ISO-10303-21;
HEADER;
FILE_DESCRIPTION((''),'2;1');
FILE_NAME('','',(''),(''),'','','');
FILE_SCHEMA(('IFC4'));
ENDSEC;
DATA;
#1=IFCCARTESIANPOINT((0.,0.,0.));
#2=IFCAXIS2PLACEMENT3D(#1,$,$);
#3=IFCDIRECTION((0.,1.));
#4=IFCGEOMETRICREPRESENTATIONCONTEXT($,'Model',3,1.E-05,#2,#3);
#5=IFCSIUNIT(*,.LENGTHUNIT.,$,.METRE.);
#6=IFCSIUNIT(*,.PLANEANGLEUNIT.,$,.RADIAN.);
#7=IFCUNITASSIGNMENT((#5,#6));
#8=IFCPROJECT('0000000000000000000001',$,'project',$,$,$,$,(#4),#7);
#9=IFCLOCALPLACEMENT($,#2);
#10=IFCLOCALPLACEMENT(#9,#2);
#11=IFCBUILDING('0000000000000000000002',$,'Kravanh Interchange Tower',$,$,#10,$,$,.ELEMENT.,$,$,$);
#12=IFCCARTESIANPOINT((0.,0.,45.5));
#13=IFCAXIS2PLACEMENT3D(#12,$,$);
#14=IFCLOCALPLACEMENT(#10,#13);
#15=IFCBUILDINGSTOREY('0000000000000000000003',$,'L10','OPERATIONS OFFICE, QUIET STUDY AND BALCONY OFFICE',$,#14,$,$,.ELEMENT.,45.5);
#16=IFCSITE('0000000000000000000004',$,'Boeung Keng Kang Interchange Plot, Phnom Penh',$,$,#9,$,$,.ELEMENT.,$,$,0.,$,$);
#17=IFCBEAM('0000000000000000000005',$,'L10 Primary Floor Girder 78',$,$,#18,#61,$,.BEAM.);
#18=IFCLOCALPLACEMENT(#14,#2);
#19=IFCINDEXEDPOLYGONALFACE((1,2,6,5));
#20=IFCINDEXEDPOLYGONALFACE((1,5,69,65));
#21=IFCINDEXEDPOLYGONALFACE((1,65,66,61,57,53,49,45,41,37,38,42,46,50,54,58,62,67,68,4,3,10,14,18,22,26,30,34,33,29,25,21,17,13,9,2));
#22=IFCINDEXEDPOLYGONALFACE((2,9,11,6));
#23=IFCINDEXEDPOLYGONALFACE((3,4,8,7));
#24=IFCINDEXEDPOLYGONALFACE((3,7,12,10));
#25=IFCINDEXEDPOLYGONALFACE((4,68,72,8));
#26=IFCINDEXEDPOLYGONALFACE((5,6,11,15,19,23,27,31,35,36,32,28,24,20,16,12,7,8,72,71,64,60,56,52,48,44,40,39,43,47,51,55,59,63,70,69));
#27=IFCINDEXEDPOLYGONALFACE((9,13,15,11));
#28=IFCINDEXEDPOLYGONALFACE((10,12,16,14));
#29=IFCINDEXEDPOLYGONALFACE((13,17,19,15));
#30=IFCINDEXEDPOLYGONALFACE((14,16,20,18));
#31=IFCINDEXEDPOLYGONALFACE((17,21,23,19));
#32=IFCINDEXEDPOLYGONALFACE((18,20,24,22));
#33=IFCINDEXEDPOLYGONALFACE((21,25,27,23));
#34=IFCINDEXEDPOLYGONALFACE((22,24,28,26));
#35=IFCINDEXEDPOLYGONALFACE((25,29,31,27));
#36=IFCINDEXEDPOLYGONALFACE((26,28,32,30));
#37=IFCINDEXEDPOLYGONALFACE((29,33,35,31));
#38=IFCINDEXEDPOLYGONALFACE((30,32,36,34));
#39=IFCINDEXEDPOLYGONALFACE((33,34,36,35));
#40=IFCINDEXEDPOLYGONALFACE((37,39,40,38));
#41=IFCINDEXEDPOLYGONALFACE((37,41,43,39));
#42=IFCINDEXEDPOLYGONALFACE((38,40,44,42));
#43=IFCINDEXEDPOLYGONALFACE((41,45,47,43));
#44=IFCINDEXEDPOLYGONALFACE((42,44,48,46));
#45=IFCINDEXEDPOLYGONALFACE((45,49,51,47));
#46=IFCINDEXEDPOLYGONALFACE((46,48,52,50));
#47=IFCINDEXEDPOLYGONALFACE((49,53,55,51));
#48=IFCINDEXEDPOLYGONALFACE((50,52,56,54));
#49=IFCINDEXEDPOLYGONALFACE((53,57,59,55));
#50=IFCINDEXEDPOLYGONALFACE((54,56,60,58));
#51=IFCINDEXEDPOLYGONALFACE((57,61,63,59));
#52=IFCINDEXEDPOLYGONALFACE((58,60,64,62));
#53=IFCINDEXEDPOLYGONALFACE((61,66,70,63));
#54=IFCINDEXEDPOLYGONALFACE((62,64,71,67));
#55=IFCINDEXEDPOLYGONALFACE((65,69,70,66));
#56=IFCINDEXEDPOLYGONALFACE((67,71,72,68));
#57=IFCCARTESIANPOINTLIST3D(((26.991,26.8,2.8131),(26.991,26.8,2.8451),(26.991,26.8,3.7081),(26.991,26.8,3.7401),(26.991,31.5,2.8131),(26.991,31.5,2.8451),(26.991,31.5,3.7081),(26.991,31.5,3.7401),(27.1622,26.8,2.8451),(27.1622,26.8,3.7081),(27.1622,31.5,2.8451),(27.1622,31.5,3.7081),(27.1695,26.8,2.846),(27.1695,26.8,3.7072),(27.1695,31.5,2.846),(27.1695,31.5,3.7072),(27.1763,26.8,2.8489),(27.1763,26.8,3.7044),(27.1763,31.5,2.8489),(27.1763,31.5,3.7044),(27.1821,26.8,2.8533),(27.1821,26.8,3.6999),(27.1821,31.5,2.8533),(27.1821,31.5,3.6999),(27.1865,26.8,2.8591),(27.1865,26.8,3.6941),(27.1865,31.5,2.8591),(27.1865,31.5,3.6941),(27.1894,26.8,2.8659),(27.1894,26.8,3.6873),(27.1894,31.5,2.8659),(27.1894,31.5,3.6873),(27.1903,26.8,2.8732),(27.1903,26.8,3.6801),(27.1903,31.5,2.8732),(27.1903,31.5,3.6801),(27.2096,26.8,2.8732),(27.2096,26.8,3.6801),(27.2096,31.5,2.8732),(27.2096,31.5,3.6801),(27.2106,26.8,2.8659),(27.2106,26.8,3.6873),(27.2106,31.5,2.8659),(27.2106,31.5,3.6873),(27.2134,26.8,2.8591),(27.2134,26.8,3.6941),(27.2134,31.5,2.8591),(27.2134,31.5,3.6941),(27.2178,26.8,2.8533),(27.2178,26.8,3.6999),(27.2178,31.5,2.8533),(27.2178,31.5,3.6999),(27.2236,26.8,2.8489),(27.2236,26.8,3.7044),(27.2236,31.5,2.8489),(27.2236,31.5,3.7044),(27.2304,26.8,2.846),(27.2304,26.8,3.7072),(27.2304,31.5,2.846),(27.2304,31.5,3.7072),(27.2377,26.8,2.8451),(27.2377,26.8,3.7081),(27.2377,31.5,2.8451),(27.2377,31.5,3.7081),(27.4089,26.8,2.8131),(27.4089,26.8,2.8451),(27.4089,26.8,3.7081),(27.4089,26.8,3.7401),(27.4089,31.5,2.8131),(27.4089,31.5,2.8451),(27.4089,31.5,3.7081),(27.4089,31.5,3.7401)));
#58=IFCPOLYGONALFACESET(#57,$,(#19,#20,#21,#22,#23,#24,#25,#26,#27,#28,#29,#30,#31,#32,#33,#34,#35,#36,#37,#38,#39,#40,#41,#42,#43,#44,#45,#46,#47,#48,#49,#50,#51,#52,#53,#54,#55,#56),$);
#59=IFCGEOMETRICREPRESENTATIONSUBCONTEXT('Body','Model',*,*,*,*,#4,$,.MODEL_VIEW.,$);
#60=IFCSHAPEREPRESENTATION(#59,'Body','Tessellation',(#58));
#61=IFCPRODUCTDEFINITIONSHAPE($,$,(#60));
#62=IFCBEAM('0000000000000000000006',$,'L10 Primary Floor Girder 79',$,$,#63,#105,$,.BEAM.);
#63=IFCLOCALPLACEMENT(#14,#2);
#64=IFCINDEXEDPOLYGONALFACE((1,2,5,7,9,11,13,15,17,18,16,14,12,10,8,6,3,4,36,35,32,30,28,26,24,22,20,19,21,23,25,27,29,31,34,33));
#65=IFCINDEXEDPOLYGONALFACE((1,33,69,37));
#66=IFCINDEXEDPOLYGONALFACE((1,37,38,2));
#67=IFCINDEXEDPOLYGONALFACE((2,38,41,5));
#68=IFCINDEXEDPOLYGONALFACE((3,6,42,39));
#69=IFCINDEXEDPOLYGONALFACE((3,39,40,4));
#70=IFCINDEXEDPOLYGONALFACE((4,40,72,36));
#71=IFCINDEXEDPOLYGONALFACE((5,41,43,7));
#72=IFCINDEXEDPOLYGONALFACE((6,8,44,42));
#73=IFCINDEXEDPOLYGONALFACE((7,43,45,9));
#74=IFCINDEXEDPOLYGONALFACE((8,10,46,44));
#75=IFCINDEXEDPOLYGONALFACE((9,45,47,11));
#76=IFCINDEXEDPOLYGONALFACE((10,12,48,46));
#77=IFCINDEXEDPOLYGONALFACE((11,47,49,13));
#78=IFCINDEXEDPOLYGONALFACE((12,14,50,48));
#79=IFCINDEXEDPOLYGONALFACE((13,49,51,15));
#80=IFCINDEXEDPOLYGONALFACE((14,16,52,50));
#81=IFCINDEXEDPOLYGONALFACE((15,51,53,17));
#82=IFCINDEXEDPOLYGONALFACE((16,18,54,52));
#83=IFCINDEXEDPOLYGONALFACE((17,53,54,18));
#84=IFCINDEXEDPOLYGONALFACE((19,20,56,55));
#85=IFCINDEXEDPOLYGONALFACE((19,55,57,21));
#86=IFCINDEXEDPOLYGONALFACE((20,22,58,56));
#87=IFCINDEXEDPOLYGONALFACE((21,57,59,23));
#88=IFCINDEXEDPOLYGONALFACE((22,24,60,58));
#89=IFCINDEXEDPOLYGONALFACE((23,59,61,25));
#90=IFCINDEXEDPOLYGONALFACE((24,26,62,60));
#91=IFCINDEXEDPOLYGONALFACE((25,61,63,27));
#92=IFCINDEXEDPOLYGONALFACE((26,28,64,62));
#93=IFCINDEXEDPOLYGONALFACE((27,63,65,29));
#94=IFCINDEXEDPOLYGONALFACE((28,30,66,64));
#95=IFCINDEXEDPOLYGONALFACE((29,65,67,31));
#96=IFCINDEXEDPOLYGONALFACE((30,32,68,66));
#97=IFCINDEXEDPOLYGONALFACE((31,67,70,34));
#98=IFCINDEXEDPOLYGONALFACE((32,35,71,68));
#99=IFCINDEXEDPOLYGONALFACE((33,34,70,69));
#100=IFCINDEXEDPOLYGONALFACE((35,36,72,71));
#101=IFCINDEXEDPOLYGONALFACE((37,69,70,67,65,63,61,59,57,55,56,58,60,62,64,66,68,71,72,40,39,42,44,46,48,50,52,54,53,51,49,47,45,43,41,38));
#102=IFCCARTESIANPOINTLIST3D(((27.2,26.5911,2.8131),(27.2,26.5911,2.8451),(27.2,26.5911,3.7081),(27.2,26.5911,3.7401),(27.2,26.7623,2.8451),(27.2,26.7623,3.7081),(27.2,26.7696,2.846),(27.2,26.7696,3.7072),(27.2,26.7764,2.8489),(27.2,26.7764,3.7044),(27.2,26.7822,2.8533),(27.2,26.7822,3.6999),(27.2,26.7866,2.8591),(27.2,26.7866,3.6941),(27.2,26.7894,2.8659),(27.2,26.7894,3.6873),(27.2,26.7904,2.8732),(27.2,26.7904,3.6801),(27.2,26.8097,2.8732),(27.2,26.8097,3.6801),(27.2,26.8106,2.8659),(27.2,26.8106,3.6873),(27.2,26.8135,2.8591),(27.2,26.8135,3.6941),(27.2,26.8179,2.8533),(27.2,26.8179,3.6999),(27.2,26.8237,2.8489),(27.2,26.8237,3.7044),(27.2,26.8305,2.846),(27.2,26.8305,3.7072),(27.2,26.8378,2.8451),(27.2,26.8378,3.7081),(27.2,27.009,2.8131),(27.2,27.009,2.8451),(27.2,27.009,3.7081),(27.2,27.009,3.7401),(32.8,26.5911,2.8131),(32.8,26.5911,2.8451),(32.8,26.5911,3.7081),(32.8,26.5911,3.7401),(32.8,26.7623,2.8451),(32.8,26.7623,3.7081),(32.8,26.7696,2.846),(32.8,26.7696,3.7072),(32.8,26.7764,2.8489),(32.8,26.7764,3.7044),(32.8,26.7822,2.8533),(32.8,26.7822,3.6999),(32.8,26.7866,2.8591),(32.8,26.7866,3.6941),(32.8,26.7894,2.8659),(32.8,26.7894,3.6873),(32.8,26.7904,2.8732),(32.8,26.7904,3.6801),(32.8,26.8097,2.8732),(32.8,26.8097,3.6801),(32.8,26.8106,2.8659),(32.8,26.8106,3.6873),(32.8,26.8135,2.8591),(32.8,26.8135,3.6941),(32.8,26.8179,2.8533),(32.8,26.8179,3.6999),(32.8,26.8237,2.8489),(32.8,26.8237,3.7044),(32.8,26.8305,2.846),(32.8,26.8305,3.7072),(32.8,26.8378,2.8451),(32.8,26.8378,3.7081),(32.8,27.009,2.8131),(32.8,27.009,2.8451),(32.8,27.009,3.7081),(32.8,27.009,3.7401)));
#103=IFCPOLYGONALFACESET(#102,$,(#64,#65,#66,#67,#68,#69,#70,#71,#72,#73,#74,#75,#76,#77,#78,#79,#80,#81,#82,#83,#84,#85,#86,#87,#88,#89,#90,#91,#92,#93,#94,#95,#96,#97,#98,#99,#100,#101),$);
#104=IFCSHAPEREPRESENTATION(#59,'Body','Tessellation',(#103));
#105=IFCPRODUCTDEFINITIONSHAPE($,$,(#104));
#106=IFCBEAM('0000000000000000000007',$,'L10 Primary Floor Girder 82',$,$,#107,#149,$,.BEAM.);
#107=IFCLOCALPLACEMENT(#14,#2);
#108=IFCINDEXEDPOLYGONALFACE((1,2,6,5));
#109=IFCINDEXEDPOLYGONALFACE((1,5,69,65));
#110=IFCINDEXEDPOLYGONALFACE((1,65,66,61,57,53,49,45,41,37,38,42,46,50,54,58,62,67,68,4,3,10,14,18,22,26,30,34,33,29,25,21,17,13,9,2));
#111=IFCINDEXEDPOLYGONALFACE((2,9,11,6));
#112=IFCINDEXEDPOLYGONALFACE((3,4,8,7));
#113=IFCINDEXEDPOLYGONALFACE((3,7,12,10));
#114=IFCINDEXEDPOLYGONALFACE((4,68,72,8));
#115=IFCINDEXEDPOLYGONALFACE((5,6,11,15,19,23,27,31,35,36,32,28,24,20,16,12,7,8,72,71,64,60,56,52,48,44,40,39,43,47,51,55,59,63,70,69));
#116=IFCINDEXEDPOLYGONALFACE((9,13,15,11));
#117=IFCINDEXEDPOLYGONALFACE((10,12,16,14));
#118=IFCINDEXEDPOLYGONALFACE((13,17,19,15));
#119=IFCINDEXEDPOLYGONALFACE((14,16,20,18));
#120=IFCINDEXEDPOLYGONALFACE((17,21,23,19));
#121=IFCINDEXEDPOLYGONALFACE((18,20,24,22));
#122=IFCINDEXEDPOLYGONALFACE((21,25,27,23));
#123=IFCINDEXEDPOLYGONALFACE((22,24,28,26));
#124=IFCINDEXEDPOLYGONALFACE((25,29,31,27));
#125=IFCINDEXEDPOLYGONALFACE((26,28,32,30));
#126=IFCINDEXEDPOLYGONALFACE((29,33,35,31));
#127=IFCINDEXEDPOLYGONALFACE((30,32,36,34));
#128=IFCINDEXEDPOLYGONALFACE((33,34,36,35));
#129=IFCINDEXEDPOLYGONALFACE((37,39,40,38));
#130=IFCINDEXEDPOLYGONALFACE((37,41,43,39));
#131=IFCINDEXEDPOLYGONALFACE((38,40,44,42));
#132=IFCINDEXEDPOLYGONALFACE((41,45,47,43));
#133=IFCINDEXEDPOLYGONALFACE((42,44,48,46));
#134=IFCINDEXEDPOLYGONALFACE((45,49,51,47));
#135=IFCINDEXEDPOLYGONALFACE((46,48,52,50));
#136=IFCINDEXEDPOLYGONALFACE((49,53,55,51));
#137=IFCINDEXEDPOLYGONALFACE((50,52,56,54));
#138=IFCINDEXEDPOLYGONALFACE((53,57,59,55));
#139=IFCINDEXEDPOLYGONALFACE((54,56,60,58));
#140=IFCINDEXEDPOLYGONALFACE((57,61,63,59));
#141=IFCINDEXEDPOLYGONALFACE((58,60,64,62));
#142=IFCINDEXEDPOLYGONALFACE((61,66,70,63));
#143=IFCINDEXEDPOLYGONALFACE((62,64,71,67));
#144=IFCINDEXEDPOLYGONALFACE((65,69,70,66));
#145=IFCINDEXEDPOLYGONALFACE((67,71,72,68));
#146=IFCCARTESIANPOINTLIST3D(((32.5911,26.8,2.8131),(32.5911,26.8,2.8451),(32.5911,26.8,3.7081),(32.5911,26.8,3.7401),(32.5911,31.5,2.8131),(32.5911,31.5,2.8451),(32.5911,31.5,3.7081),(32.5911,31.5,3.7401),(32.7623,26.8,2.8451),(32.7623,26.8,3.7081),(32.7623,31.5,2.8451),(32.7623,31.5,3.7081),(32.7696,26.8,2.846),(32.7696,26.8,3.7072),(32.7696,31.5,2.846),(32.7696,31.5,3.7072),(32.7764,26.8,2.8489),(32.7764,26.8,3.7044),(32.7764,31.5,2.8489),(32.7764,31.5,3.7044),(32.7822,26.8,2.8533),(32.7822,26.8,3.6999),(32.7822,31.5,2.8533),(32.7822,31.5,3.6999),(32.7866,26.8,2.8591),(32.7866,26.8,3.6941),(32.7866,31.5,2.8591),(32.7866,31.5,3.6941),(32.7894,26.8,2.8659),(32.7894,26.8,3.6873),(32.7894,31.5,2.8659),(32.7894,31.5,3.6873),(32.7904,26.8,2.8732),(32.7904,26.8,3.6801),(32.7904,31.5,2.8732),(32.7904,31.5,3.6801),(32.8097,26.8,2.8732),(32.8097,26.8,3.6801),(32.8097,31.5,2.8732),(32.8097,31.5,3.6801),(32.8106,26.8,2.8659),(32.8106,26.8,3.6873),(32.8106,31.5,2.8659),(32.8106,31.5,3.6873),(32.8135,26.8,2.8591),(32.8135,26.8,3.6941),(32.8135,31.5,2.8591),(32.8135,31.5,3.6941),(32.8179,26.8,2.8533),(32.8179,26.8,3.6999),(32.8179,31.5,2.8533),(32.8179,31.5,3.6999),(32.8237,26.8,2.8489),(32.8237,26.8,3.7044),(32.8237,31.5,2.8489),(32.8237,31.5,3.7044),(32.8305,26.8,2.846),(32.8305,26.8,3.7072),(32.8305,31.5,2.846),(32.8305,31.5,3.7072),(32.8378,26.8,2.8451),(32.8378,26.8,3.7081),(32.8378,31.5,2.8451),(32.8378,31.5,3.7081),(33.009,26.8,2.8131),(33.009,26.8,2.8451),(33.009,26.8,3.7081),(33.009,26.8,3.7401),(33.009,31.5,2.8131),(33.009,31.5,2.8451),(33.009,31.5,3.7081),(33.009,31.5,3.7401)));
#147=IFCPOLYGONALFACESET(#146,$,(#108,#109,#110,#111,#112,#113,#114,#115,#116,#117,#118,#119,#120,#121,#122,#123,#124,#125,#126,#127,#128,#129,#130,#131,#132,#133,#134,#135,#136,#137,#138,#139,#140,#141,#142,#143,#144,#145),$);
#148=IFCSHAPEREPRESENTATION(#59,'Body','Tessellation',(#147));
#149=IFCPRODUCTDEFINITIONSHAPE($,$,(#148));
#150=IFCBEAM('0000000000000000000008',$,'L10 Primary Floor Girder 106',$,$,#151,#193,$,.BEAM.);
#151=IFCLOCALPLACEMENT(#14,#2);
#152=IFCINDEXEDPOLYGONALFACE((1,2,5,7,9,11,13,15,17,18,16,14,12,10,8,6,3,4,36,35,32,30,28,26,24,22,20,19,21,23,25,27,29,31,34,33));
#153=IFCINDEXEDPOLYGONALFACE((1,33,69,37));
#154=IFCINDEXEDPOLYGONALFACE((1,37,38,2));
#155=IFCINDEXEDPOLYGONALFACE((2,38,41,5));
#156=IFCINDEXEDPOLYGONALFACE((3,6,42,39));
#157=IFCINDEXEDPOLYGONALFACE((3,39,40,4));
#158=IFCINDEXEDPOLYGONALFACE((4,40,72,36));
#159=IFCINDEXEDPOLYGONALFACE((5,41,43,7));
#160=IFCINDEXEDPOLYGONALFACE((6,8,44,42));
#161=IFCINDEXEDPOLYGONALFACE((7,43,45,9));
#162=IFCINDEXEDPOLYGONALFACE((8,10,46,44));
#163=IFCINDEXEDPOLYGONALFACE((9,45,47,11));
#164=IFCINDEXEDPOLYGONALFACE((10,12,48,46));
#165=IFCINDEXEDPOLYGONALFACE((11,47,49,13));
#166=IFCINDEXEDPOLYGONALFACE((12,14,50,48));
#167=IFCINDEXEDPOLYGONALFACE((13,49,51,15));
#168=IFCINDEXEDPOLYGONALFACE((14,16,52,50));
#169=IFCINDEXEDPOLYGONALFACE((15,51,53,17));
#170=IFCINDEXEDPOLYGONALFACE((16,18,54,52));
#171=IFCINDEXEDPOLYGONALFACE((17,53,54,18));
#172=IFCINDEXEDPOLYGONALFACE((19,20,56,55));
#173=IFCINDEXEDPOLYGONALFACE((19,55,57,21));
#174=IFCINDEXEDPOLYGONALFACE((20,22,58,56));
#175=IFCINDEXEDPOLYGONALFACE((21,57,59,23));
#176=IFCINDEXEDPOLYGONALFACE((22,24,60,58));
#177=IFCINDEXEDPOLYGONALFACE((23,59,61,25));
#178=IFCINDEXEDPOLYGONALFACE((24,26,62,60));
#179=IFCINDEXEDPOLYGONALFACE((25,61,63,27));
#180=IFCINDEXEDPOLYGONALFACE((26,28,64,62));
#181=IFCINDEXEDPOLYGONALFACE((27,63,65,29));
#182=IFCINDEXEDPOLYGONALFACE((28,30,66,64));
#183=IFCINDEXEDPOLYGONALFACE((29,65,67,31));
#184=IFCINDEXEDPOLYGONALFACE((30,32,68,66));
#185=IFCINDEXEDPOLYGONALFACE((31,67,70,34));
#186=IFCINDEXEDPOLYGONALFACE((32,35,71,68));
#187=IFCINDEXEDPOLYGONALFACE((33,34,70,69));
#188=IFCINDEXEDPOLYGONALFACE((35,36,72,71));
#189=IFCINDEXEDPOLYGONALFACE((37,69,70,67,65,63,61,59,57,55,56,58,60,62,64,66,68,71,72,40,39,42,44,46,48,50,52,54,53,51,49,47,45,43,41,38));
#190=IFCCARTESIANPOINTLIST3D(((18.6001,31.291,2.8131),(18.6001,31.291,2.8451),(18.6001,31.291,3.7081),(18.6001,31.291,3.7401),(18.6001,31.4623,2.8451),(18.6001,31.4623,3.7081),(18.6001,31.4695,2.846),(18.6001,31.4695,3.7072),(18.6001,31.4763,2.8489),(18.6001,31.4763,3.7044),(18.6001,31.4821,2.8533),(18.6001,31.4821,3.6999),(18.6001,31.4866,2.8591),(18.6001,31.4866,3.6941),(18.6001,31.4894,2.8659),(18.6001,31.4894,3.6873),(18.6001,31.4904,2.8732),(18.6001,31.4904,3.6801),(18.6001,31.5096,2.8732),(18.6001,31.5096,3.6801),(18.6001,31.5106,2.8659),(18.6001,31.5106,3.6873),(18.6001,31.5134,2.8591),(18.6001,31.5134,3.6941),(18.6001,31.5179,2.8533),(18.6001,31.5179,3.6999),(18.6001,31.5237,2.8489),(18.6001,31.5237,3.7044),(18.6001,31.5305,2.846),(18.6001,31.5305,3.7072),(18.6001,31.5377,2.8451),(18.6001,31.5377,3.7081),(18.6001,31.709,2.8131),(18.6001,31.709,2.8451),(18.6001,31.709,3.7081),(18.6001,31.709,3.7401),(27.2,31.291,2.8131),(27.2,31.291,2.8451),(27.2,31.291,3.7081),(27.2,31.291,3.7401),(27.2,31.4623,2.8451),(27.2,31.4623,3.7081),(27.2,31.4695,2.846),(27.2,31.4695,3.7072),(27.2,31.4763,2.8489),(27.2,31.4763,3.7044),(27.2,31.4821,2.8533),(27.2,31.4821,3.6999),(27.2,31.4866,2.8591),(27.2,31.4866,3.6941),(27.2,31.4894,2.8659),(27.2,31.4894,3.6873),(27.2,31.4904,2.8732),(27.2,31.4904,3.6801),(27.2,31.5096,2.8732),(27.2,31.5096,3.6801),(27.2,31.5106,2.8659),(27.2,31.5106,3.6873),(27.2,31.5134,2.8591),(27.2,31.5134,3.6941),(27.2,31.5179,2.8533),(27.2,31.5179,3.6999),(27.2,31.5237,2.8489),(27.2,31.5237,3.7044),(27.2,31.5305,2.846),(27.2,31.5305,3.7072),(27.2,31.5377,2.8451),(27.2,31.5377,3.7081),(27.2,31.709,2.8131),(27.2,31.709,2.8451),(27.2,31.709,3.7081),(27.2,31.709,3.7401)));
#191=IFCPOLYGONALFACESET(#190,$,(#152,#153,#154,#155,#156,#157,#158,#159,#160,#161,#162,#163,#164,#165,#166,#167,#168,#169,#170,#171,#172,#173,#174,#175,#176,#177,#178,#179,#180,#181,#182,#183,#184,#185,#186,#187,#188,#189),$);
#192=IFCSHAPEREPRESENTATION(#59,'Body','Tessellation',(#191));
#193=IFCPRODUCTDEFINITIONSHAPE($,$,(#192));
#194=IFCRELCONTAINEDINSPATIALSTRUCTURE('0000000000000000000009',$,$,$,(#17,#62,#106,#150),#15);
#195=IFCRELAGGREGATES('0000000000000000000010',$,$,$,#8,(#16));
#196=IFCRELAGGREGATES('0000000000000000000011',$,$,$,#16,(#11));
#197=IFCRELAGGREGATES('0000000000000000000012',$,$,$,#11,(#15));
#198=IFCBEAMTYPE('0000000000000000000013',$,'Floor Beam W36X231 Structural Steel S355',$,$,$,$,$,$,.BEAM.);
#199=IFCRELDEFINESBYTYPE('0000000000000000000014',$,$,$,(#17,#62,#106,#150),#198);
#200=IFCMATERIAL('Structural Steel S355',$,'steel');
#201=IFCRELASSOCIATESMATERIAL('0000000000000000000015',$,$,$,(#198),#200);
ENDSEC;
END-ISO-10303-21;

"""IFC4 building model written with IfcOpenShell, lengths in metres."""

from ifc_helpers import new_model, si_unit, direction, frame, origin, origin_2d, place, context, subcontext, project, spatial, i_section, extrude, material, material_profile, profile_set, type_object, element, save


model = new_model("IFC4")

# Units and contexts
model_context = context("Model", 3, precision=1e-05, world=origin(), true_north=direction((0.0, 1.0)))
body_context = subcontext(model_context, "Body", "Model", "MODEL_VIEW")
ifc_project = project(units=[si_unit("LENGTHUNIT", "METRE"), si_unit("PLANEANGLEUNIT", "RADIAN")], contexts=[model_context])

# Site, building, storey
site_placement = place(None, origin())
site = spatial("IfcSite", under=ifc_project, at=site_placement, Name="Boeung Keng Kang Interchange Plot, Phnom Penh", CompositionType="ELEMENT", RefElevation=0.0)
building_placement = place(site_placement, origin())
building = spatial("IfcBuilding", under=site, at=building_placement, Name="Kravanh Interchange Tower", CompositionType="ELEMENT")
storey_placement = place(building_placement, frame((0.0, 0.0, 45.5)))
storey = spatial("IfcBuildingStorey", under=building, at=storey_placement, Name="L10", Description="OPERATIONS OFFICE, QUIET STUDY AND BALCONY OFFICE", CompositionType="ELEMENT", Elevation=45.5)

# Beams
ifc_material_1 = material(Name="Structural Steel S355", Category="steel")
ifc_material_profile_1 = material_profile(ifc_material_1, i_section(OverallWidth=0.418, OverallDepth=0.927, WebThickness=0.0193, FlangeThickness=0.032, FilletRadius=0.0281, at=origin_2d()), Name="W36X231")
ifc_profile_set_1 = profile_set([ifc_material_profile_1], Name="Structural Steel S355")
beam_type_1 = type_object("IfcBeamType", Name="Floor Beam W36X231 Structural Steel S355", PredefinedType="BEAM", material=ifc_profile_set_1)
beam_1_placement = place(storey_placement, frame((27.2, 26.8, 3.2766), z_axis=(0.0, 1.0, 0.0), x_axis=(-1.0, 0.0, 0.0)))
element("IfcBeam", 1, at=beam_1_placement, inside=storey, type_object=beam_type_1, Name="L10 Primary Floor Girder 78", PredefinedType="BEAM", context=body_context, shape_type="SweptSolid", body=[
    extrude(i_section(OverallWidth=0.418, OverallDepth=0.927, WebThickness=0.0193, FlangeThickness=0.032, FilletRadius=0.0281, at=origin_2d()), origin(), (0.0, 0.0, 1.0), 4.7),
])
beam_2_placement = place(storey_placement, frame((27.2, 26.8, 3.2766), z_axis=(1.0, 0.0, 0.0), x_axis=(0.0, 1.0, 0.0)))
element("IfcBeam", 2, at=beam_2_placement, inside=storey, type_object=beam_type_1, Name="L10 Primary Floor Girder 79", PredefinedType="BEAM", context=body_context, shape_type="SweptSolid", body=[
    extrude(i_section(OverallWidth=0.418, OverallDepth=0.927, WebThickness=0.0193, FlangeThickness=0.032, FilletRadius=0.0281, at=origin_2d()), origin(), (0.0, 0.0, 1.0), 5.6001),
])
beam_3_placement = place(storey_placement, frame((32.8, 26.8, 3.2766), z_axis=(0.0, 1.0, 0.0), x_axis=(-1.0, 0.0, 0.0)))
element("IfcBeam", 3, at=beam_3_placement, inside=storey, type_object=beam_type_1, Name="L10 Primary Floor Girder 82", PredefinedType="BEAM", context=body_context, shape_type="SweptSolid", body=[
    extrude(i_section(OverallWidth=0.418, OverallDepth=0.927, WebThickness=0.0193, FlangeThickness=0.032, FilletRadius=0.0281, at=origin_2d()), origin(), (0.0, 0.0, 1.0), 4.7),
])
beam_4_placement = place(storey_placement, frame((18.6001, 31.5, 3.2766), z_axis=(1.0, 0.0, 0.0), x_axis=(0.0, 1.0, 0.0)))
element("IfcBeam", 4, at=beam_4_placement, inside=storey, type_object=beam_type_1, Name="L10 Primary Floor Girder 106", PredefinedType="BEAM", context=body_context, shape_type="SweptSolid", body=[
    extrude(i_section(OverallWidth=0.418, OverallDepth=0.927, WebThickness=0.0193, FlangeThickness=0.032, FilletRadius=0.0281, at=origin_2d()), origin(), (0.0, 0.0, 1.0), 8.5999),
])

save(model, "model.ifc")
